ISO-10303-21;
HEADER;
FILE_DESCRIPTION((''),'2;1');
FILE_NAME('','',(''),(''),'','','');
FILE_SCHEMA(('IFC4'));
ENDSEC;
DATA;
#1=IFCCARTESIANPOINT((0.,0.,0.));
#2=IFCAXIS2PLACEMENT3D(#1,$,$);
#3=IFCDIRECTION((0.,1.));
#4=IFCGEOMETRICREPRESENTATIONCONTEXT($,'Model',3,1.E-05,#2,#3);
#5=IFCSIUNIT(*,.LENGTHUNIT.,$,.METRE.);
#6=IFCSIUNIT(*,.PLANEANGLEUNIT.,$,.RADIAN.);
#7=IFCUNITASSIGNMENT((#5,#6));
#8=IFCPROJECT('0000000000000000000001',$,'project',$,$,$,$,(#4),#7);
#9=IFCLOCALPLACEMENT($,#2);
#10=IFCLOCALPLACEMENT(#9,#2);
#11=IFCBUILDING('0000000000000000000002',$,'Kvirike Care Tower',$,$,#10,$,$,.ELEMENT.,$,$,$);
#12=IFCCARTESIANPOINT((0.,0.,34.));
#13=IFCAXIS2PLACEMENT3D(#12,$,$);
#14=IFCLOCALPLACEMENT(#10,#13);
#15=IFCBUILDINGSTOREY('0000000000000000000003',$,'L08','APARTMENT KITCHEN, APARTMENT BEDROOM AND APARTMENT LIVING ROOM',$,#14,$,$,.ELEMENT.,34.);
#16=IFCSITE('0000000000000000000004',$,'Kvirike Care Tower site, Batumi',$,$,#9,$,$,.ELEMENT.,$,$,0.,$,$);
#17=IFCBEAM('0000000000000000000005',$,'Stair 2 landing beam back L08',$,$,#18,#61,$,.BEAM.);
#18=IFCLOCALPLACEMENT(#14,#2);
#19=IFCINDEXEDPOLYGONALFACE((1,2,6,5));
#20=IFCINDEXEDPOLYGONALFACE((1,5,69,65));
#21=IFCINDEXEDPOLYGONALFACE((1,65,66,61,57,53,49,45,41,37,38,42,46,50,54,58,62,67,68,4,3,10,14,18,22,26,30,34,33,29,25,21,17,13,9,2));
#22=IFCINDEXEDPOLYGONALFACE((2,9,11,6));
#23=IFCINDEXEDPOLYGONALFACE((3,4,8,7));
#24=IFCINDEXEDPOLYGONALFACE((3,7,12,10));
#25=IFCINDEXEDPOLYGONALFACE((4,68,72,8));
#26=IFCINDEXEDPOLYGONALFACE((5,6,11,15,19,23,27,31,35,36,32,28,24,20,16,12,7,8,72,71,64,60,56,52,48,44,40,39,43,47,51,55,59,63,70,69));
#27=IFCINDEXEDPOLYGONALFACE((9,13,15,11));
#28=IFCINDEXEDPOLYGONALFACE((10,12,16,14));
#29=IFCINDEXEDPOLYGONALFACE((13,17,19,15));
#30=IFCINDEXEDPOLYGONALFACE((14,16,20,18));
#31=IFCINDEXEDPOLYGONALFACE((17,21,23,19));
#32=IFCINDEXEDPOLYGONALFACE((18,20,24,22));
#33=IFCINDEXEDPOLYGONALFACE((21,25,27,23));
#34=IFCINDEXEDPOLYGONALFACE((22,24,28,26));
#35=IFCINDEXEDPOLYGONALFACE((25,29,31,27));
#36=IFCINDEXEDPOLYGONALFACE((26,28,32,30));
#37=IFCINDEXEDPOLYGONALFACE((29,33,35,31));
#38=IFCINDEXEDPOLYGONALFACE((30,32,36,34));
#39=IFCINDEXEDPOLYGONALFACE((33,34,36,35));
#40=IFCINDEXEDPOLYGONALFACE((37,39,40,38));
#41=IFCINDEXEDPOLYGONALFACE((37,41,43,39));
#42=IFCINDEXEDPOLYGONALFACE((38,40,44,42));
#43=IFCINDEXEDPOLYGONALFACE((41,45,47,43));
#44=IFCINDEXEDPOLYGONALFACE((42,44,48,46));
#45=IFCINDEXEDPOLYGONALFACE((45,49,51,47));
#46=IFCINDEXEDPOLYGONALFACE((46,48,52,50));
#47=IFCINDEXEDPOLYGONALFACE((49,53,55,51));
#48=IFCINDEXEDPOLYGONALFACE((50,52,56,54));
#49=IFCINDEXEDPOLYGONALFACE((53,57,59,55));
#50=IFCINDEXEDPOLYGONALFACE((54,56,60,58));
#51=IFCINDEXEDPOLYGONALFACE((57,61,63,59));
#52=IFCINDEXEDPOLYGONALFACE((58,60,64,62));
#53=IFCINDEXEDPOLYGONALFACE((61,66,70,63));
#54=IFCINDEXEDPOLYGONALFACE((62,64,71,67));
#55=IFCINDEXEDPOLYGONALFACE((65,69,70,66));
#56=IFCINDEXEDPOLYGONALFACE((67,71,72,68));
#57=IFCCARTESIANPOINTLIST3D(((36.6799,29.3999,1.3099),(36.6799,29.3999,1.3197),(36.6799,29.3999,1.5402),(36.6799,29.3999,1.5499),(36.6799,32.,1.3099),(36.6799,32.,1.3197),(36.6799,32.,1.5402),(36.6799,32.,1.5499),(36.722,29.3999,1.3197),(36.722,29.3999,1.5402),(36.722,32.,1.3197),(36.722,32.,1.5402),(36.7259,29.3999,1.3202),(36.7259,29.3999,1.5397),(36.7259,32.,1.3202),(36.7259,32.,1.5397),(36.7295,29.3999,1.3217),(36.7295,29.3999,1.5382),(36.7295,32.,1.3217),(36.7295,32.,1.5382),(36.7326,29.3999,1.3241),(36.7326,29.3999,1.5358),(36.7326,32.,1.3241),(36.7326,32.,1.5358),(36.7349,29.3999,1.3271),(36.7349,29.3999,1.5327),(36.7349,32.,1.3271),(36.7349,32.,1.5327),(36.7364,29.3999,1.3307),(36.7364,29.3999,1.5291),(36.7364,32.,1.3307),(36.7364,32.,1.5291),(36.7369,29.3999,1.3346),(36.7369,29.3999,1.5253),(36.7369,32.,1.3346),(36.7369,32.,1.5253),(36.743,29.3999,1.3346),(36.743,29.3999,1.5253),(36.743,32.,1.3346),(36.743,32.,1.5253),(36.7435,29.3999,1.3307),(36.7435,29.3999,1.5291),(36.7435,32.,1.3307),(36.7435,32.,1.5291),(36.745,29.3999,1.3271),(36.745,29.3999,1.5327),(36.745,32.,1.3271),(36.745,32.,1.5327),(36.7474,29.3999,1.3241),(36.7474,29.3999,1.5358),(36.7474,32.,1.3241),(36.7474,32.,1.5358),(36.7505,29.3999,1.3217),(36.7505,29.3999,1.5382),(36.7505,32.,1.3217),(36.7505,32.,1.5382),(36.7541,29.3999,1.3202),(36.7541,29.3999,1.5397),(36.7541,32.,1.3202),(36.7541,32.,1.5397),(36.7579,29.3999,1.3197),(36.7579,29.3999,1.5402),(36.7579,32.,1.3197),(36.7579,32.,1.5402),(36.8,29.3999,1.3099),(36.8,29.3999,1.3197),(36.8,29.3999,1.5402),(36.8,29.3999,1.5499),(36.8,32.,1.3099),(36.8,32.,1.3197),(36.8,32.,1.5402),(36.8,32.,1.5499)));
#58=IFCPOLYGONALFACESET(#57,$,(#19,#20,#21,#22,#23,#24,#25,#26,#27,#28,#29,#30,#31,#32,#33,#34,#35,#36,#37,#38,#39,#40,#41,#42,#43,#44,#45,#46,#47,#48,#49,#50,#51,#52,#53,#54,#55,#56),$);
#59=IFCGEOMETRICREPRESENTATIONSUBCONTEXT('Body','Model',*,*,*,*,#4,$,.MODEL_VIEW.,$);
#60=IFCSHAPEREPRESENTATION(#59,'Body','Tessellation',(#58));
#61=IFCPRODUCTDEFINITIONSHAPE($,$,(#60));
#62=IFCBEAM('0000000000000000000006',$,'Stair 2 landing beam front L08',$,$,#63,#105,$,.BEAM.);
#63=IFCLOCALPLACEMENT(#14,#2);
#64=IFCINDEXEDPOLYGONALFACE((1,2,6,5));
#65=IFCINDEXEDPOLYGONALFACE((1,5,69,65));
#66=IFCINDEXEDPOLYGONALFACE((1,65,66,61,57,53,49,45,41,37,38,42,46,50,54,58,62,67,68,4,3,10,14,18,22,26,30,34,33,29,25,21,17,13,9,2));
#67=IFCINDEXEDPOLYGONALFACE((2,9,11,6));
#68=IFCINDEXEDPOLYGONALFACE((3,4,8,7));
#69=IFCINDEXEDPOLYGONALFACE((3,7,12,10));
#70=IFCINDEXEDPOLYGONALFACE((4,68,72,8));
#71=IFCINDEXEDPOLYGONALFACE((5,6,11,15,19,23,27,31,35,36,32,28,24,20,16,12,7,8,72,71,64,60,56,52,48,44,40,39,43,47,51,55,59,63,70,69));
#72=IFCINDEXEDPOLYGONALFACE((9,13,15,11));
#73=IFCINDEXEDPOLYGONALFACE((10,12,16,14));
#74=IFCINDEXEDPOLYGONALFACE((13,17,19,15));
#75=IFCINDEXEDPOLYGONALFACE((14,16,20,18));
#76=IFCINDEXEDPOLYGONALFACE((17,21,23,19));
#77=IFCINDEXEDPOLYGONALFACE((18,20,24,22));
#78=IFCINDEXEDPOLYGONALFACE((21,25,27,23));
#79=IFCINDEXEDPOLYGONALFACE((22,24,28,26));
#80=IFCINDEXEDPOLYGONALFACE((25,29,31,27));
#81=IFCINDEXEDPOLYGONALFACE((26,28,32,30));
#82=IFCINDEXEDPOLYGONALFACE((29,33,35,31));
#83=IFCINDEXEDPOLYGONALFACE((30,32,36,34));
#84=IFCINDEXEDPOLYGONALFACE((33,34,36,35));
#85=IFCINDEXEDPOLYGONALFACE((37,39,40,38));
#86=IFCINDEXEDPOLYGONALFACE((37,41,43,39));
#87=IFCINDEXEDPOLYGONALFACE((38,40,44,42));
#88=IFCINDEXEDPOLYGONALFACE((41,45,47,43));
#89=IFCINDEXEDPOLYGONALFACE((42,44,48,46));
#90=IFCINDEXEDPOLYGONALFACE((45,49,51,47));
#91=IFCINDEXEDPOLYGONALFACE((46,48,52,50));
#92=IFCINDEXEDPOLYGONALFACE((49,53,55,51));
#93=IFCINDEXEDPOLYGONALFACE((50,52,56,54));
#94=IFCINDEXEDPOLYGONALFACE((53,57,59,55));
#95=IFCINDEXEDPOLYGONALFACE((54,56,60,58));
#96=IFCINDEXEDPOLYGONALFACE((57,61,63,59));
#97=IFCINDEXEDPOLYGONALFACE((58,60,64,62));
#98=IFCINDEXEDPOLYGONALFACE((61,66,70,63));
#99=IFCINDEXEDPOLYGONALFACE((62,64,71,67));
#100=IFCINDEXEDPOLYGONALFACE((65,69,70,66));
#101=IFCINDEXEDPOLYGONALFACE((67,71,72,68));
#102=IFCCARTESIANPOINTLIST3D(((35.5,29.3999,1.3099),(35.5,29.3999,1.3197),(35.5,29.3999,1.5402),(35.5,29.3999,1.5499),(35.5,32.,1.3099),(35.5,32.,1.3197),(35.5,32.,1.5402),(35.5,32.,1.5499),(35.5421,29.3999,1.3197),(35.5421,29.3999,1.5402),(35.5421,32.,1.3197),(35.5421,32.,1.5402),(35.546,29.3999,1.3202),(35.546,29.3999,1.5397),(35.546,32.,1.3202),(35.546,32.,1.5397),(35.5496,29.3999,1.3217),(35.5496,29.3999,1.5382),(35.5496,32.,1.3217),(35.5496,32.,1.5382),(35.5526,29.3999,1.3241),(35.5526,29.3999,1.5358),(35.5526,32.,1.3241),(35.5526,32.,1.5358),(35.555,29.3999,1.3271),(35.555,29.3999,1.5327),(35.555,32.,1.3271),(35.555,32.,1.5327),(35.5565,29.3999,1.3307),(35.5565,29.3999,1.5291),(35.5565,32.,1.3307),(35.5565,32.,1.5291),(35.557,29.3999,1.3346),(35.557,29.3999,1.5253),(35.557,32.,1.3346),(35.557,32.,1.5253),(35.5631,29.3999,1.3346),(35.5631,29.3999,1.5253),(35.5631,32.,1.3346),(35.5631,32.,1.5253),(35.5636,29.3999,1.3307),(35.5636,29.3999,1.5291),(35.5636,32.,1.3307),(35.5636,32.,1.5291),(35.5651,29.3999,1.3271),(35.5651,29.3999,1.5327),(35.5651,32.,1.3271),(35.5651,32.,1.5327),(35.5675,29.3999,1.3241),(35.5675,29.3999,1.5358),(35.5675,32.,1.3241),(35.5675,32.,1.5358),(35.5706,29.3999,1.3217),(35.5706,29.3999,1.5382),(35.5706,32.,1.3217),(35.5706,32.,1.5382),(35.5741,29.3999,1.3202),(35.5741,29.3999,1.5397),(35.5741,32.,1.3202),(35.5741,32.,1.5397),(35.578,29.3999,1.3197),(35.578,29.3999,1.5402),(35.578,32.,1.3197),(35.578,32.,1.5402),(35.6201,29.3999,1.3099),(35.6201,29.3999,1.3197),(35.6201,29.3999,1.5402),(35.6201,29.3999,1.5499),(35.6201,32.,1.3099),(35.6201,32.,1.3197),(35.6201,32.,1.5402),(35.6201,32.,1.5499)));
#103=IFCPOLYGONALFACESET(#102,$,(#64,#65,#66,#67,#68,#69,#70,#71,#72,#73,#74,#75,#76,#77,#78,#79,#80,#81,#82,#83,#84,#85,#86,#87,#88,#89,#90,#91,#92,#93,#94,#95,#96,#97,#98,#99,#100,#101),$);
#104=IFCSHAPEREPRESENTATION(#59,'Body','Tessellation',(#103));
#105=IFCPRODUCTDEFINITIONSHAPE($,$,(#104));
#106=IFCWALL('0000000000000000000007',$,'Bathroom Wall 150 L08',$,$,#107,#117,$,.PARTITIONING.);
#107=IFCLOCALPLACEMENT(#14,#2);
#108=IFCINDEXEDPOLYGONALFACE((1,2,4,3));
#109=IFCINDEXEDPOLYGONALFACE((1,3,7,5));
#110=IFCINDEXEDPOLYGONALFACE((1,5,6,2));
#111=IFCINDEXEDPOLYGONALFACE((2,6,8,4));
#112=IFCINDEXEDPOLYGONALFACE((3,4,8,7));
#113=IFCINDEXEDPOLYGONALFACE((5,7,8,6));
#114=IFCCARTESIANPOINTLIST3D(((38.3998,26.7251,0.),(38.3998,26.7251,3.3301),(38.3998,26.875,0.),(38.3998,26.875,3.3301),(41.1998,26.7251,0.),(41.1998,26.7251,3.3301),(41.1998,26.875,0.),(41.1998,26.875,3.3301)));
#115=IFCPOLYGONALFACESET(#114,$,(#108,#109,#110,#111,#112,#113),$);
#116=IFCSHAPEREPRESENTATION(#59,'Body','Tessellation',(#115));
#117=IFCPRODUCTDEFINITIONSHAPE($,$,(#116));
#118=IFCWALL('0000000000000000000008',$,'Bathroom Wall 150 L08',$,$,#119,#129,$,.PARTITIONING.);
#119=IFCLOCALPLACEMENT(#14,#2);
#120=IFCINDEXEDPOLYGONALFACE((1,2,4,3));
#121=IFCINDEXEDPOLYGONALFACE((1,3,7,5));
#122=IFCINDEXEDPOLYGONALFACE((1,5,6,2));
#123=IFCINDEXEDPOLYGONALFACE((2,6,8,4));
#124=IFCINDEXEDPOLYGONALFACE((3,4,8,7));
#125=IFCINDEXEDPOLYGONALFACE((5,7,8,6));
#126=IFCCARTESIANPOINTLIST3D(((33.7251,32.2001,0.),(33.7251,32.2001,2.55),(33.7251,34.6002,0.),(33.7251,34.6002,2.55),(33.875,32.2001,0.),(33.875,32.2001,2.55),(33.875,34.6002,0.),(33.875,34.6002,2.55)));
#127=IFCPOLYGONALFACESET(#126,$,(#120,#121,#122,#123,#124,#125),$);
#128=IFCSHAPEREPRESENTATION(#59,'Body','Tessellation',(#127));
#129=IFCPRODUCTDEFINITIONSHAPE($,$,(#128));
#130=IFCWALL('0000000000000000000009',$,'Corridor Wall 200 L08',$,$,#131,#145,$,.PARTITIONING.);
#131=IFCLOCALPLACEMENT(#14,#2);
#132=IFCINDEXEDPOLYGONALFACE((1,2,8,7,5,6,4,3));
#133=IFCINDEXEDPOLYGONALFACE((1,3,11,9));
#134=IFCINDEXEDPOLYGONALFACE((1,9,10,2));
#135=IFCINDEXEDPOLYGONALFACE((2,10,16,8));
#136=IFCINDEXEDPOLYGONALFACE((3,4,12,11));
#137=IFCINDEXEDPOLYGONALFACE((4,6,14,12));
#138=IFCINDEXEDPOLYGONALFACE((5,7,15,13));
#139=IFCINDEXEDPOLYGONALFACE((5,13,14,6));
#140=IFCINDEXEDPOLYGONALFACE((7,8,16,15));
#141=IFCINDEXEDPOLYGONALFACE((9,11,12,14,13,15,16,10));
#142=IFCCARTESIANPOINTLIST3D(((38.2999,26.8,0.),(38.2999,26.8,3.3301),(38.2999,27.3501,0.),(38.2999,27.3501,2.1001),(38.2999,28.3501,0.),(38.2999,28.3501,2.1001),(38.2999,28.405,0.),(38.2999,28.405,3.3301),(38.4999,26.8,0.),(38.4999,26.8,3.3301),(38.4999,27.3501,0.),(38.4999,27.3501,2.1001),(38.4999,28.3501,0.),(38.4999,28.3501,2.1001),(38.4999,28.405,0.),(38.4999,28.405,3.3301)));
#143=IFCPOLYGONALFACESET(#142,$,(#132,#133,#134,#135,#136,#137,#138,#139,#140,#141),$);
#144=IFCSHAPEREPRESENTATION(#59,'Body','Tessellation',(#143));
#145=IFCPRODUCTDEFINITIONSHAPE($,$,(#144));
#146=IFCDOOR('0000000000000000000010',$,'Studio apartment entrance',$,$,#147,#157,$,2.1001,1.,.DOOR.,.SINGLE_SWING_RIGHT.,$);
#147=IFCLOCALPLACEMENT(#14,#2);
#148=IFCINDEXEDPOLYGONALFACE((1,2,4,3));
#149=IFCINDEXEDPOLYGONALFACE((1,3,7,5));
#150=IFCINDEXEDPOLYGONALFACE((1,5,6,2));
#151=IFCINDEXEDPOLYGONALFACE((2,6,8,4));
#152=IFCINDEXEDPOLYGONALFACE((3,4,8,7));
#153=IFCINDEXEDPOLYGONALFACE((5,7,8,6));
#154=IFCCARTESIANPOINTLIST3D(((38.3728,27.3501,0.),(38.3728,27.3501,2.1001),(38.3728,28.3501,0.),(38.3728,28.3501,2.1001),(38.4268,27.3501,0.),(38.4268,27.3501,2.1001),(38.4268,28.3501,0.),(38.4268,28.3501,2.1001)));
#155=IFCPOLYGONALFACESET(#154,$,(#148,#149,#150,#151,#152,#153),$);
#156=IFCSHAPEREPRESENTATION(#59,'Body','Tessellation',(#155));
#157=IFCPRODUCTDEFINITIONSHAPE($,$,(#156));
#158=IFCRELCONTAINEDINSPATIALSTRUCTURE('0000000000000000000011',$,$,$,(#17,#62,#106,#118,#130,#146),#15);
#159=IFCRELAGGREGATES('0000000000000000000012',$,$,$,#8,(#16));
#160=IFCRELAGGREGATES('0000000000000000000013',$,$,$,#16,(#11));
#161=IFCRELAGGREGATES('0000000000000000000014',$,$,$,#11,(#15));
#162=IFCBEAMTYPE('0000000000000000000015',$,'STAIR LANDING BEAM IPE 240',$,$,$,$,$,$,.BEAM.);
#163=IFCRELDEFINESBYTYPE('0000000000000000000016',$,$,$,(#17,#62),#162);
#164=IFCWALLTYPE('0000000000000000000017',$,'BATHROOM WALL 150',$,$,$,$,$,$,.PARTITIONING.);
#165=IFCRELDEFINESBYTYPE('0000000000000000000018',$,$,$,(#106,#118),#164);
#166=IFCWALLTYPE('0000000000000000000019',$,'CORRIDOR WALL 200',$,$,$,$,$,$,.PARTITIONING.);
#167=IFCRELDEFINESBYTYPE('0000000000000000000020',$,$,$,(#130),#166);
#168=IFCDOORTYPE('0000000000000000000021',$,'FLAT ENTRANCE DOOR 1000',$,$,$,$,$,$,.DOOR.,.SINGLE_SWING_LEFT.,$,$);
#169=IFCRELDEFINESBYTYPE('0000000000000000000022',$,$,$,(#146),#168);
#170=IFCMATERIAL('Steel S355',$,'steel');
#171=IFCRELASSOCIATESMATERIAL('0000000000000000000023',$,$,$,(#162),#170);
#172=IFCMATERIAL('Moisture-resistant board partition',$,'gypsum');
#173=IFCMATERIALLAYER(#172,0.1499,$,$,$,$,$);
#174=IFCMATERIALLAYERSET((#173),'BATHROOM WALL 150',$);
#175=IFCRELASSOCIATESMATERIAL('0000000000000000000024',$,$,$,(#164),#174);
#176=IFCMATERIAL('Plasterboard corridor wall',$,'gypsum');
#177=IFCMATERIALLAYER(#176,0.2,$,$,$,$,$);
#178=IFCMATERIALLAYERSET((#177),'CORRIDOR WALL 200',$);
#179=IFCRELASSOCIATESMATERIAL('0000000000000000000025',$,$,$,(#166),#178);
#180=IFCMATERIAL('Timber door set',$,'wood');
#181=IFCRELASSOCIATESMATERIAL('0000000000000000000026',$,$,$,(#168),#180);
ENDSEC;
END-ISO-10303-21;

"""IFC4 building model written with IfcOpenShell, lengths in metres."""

from ifc_helpers import new_model, si_unit, direction, frame, frame_2d, origin, origin_2d, place, context, subcontext, project, spatial, rectangle, i_section, extrude, material, layer, layer_set, material_profile, profile_set, type_object, element, fill, save


model = new_model("IFC4")

# Units and contexts
model_context = context("Model", 3, precision=1e-05, world=origin(), true_north=direction((0.0, 1.0)))
body_context = subcontext(model_context, "Body", "Model", "MODEL_VIEW")
ifc_project = project(units=[si_unit("LENGTHUNIT", "METRE"), si_unit("PLANEANGLEUNIT", "RADIAN")], contexts=[model_context])

# Site, building, storey
site_placement = place(None, origin())
site = spatial("IfcSite", under=ifc_project, at=site_placement, Name="Kvirike Care Tower site, Batumi", CompositionType="ELEMENT", RefElevation=0.0)
building_placement = place(site_placement, origin())
building = spatial("IfcBuilding", under=site, at=building_placement, Name="Kvirike Care Tower", CompositionType="ELEMENT")
storey_placement = place(building_placement, frame((0.0, 0.0, 34.0)))
storey = spatial("IfcBuildingStorey", under=building, at=storey_placement, Name="L08", Description="APARTMENT KITCHEN, APARTMENT BEDROOM AND APARTMENT LIVING ROOM", CompositionType="ELEMENT", Elevation=34.0)

# Beams
ifc_material_1 = material(Name="Steel S355", Category="steel")
ifc_material_profile_1 = material_profile(ifc_material_1, i_section(OverallWidth=0.1201, OverallDepth=0.24, WebThickness=0.0061, FlangeThickness=0.0098, FilletRadius=0.0149, at=origin_2d()), Name="IPE 240")
ifc_profile_set_1 = profile_set([ifc_material_profile_1], Name="Steel S355")
beam_type_1 = type_object("IfcBeamType", Name="STAIR LANDING BEAM IPE 240", PredefinedType="BEAM", material=ifc_profile_set_1)
for number, where, z_axis, x_axis, name in (
    (1, (36.74, 29.3999, 1.4299), (0.0, 1.0, 0.0), (-1.0, 0.0, 0.0), "Stair 2 landing beam back L08"),
    (2, (35.5601, 29.3999, 1.4299), (0.0, 1.0, 0.0), (-1.0, 0.0, 0.0), "Stair 2 landing beam front L08"),
):
    element("IfcBeam", number, at=place(storey_placement, frame(where, z_axis=z_axis, x_axis=x_axis)), inside=storey, type_object=beam_type_1, Name=name, PredefinedType="BEAM", context=body_context, shape_type="SweptSolid", body=[
        extrude(i_section(OverallWidth=0.1201, OverallDepth=0.24, WebThickness=0.0061, FlangeThickness=0.0098, FilletRadius=0.0149, at=origin_2d()), origin(), (0.0, 0.0, 1.0), 2.6001),
    ])

# Walls
ifc_material_2 = material(Name="Moisture-resistant board partition", Category="gypsum")
ifc_layer_1 = layer(ifc_material_2, 0.1499)
ifc_layer_set_1 = layer_set([ifc_layer_1], Name="BATHROOM WALL 150")
wall_type_1 = type_object("IfcWallType", Name="BATHROOM WALL 150", PredefinedType="PARTITIONING", material=ifc_layer_set_1)
wall_1_placement = place(storey_placement, frame((38.3999, 26.8, 0.0), z_axis=(0.0, 0.0, 1.0), x_axis=(1.0, 0.0, 0.0)))
element("IfcWall", 3, at=wall_1_placement, inside=storey, type_object=wall_type_1, Name="Bathroom Wall 150 L08", PredefinedType="PARTITIONING", context=body_context, shape_type="SweptSolid", body=[
    extrude(rectangle(XDim=2.8, YDim=0.1499, at=frame_2d((1.3999, 0.0))), origin(), (0.0, 0.0, 1.0), 3.3301),
])
wall_2_placement = place(storey_placement, frame((33.8, 32.2, 0.0), z_axis=(0.0, 0.0, 1.0), x_axis=(0.0, 1.0, 0.0)))
element("IfcWall", 4, at=wall_2_placement, inside=storey, type_object=wall_type_1, Name="Bathroom Wall 150 L08", PredefinedType="PARTITIONING", context=body_context, shape_type="SweptSolid", body=[
    extrude(rectangle(XDim=2.4001, YDim=0.1499, at=frame_2d((1.2002, 0.0))), origin(), (0.0, 0.0, 1.0), 2.55),
])

# Wall, opening, door
ifc_material_3 = material(Name="Plasterboard corridor wall", Category="gypsum")
ifc_layer_2 = layer(ifc_material_3, 0.2)
ifc_layer_set_2 = layer_set([ifc_layer_2], Name="CORRIDOR WALL 200")
wall_type_2 = type_object("IfcWallType", Name="CORRIDOR WALL 200", PredefinedType="PARTITIONING", material=ifc_layer_set_2)
wall_3_placement = place(storey_placement, frame((38.3999, 26.8, 0.0), z_axis=(0.0, 0.0, 1.0), x_axis=(0.0, 1.0, 0.0)))
wall_3 = element("IfcWall", 5, at=wall_3_placement, inside=storey, type_object=wall_type_2, Name="Corridor Wall 200 L08", PredefinedType="PARTITIONING", context=body_context, shape_type="SweptSolid", body=[
    extrude(rectangle(XDim=1.605, YDim=0.2, at=frame_2d((0.8025, 0.0))), origin(), (0.0, 0.0, 1.0), 3.3301),
])
opening_1_placement = place(wall_3_placement, frame((0.55, 0.0, 0.0)))
opening_1 = element("IfcOpeningElement", 6, at=opening_1_placement, cuts=wall_3, PredefinedType="OPENING", context=body_context, shape_type="SweptSolid", body=[
    extrude(rectangle(XDim=1.0, YDim=2.1001, at=frame_2d((0.5, 1.05))), frame((0.0, 0.1106, 0.0), z_axis=(0.0, -1.0, 0.0), x_axis=(1.0, 0.0, 0.0)), (0.0, 0.0, 1.0), 0.2209),
])
ifc_material_4 = material(Name="Timber door set", Category="wood")
door_type_1 = type_object("IfcDoorType", Name="FLAT ENTRANCE DOOR 1000", OperationType="SINGLE_SWING_LEFT", PredefinedType="DOOR", material=ifc_material_4)
door_1_placement = place(opening_1_placement, frame((1.0, 0.0, 0.0), z_axis=(0.0, 0.0, 1.0), x_axis=(-1.0, 0.0, 0.0)))
door_1 = element("IfcDoor", 7, at=door_1_placement, inside=storey, type_object=door_type_1, Name="Studio apartment entrance", OperationType="SINGLE_SWING_RIGHT", OverallHeight=2.1001, OverallWidth=1.0, PredefinedType="DOOR", context=body_context, shape_type="SweptSolid", body=[
    extrude(rectangle(XDim=1.0, YDim=2.1001, at=frame_2d((0.5, 1.05))), frame((0.0, 0.0269, 0.0), z_axis=(0.0, -1.0, 0.0), x_axis=(1.0, 0.0, 0.0)), (0.0, 0.0, 1.0), 0.054),
])
fill(opening_1, door_1)

save(model, "model.ifc")
